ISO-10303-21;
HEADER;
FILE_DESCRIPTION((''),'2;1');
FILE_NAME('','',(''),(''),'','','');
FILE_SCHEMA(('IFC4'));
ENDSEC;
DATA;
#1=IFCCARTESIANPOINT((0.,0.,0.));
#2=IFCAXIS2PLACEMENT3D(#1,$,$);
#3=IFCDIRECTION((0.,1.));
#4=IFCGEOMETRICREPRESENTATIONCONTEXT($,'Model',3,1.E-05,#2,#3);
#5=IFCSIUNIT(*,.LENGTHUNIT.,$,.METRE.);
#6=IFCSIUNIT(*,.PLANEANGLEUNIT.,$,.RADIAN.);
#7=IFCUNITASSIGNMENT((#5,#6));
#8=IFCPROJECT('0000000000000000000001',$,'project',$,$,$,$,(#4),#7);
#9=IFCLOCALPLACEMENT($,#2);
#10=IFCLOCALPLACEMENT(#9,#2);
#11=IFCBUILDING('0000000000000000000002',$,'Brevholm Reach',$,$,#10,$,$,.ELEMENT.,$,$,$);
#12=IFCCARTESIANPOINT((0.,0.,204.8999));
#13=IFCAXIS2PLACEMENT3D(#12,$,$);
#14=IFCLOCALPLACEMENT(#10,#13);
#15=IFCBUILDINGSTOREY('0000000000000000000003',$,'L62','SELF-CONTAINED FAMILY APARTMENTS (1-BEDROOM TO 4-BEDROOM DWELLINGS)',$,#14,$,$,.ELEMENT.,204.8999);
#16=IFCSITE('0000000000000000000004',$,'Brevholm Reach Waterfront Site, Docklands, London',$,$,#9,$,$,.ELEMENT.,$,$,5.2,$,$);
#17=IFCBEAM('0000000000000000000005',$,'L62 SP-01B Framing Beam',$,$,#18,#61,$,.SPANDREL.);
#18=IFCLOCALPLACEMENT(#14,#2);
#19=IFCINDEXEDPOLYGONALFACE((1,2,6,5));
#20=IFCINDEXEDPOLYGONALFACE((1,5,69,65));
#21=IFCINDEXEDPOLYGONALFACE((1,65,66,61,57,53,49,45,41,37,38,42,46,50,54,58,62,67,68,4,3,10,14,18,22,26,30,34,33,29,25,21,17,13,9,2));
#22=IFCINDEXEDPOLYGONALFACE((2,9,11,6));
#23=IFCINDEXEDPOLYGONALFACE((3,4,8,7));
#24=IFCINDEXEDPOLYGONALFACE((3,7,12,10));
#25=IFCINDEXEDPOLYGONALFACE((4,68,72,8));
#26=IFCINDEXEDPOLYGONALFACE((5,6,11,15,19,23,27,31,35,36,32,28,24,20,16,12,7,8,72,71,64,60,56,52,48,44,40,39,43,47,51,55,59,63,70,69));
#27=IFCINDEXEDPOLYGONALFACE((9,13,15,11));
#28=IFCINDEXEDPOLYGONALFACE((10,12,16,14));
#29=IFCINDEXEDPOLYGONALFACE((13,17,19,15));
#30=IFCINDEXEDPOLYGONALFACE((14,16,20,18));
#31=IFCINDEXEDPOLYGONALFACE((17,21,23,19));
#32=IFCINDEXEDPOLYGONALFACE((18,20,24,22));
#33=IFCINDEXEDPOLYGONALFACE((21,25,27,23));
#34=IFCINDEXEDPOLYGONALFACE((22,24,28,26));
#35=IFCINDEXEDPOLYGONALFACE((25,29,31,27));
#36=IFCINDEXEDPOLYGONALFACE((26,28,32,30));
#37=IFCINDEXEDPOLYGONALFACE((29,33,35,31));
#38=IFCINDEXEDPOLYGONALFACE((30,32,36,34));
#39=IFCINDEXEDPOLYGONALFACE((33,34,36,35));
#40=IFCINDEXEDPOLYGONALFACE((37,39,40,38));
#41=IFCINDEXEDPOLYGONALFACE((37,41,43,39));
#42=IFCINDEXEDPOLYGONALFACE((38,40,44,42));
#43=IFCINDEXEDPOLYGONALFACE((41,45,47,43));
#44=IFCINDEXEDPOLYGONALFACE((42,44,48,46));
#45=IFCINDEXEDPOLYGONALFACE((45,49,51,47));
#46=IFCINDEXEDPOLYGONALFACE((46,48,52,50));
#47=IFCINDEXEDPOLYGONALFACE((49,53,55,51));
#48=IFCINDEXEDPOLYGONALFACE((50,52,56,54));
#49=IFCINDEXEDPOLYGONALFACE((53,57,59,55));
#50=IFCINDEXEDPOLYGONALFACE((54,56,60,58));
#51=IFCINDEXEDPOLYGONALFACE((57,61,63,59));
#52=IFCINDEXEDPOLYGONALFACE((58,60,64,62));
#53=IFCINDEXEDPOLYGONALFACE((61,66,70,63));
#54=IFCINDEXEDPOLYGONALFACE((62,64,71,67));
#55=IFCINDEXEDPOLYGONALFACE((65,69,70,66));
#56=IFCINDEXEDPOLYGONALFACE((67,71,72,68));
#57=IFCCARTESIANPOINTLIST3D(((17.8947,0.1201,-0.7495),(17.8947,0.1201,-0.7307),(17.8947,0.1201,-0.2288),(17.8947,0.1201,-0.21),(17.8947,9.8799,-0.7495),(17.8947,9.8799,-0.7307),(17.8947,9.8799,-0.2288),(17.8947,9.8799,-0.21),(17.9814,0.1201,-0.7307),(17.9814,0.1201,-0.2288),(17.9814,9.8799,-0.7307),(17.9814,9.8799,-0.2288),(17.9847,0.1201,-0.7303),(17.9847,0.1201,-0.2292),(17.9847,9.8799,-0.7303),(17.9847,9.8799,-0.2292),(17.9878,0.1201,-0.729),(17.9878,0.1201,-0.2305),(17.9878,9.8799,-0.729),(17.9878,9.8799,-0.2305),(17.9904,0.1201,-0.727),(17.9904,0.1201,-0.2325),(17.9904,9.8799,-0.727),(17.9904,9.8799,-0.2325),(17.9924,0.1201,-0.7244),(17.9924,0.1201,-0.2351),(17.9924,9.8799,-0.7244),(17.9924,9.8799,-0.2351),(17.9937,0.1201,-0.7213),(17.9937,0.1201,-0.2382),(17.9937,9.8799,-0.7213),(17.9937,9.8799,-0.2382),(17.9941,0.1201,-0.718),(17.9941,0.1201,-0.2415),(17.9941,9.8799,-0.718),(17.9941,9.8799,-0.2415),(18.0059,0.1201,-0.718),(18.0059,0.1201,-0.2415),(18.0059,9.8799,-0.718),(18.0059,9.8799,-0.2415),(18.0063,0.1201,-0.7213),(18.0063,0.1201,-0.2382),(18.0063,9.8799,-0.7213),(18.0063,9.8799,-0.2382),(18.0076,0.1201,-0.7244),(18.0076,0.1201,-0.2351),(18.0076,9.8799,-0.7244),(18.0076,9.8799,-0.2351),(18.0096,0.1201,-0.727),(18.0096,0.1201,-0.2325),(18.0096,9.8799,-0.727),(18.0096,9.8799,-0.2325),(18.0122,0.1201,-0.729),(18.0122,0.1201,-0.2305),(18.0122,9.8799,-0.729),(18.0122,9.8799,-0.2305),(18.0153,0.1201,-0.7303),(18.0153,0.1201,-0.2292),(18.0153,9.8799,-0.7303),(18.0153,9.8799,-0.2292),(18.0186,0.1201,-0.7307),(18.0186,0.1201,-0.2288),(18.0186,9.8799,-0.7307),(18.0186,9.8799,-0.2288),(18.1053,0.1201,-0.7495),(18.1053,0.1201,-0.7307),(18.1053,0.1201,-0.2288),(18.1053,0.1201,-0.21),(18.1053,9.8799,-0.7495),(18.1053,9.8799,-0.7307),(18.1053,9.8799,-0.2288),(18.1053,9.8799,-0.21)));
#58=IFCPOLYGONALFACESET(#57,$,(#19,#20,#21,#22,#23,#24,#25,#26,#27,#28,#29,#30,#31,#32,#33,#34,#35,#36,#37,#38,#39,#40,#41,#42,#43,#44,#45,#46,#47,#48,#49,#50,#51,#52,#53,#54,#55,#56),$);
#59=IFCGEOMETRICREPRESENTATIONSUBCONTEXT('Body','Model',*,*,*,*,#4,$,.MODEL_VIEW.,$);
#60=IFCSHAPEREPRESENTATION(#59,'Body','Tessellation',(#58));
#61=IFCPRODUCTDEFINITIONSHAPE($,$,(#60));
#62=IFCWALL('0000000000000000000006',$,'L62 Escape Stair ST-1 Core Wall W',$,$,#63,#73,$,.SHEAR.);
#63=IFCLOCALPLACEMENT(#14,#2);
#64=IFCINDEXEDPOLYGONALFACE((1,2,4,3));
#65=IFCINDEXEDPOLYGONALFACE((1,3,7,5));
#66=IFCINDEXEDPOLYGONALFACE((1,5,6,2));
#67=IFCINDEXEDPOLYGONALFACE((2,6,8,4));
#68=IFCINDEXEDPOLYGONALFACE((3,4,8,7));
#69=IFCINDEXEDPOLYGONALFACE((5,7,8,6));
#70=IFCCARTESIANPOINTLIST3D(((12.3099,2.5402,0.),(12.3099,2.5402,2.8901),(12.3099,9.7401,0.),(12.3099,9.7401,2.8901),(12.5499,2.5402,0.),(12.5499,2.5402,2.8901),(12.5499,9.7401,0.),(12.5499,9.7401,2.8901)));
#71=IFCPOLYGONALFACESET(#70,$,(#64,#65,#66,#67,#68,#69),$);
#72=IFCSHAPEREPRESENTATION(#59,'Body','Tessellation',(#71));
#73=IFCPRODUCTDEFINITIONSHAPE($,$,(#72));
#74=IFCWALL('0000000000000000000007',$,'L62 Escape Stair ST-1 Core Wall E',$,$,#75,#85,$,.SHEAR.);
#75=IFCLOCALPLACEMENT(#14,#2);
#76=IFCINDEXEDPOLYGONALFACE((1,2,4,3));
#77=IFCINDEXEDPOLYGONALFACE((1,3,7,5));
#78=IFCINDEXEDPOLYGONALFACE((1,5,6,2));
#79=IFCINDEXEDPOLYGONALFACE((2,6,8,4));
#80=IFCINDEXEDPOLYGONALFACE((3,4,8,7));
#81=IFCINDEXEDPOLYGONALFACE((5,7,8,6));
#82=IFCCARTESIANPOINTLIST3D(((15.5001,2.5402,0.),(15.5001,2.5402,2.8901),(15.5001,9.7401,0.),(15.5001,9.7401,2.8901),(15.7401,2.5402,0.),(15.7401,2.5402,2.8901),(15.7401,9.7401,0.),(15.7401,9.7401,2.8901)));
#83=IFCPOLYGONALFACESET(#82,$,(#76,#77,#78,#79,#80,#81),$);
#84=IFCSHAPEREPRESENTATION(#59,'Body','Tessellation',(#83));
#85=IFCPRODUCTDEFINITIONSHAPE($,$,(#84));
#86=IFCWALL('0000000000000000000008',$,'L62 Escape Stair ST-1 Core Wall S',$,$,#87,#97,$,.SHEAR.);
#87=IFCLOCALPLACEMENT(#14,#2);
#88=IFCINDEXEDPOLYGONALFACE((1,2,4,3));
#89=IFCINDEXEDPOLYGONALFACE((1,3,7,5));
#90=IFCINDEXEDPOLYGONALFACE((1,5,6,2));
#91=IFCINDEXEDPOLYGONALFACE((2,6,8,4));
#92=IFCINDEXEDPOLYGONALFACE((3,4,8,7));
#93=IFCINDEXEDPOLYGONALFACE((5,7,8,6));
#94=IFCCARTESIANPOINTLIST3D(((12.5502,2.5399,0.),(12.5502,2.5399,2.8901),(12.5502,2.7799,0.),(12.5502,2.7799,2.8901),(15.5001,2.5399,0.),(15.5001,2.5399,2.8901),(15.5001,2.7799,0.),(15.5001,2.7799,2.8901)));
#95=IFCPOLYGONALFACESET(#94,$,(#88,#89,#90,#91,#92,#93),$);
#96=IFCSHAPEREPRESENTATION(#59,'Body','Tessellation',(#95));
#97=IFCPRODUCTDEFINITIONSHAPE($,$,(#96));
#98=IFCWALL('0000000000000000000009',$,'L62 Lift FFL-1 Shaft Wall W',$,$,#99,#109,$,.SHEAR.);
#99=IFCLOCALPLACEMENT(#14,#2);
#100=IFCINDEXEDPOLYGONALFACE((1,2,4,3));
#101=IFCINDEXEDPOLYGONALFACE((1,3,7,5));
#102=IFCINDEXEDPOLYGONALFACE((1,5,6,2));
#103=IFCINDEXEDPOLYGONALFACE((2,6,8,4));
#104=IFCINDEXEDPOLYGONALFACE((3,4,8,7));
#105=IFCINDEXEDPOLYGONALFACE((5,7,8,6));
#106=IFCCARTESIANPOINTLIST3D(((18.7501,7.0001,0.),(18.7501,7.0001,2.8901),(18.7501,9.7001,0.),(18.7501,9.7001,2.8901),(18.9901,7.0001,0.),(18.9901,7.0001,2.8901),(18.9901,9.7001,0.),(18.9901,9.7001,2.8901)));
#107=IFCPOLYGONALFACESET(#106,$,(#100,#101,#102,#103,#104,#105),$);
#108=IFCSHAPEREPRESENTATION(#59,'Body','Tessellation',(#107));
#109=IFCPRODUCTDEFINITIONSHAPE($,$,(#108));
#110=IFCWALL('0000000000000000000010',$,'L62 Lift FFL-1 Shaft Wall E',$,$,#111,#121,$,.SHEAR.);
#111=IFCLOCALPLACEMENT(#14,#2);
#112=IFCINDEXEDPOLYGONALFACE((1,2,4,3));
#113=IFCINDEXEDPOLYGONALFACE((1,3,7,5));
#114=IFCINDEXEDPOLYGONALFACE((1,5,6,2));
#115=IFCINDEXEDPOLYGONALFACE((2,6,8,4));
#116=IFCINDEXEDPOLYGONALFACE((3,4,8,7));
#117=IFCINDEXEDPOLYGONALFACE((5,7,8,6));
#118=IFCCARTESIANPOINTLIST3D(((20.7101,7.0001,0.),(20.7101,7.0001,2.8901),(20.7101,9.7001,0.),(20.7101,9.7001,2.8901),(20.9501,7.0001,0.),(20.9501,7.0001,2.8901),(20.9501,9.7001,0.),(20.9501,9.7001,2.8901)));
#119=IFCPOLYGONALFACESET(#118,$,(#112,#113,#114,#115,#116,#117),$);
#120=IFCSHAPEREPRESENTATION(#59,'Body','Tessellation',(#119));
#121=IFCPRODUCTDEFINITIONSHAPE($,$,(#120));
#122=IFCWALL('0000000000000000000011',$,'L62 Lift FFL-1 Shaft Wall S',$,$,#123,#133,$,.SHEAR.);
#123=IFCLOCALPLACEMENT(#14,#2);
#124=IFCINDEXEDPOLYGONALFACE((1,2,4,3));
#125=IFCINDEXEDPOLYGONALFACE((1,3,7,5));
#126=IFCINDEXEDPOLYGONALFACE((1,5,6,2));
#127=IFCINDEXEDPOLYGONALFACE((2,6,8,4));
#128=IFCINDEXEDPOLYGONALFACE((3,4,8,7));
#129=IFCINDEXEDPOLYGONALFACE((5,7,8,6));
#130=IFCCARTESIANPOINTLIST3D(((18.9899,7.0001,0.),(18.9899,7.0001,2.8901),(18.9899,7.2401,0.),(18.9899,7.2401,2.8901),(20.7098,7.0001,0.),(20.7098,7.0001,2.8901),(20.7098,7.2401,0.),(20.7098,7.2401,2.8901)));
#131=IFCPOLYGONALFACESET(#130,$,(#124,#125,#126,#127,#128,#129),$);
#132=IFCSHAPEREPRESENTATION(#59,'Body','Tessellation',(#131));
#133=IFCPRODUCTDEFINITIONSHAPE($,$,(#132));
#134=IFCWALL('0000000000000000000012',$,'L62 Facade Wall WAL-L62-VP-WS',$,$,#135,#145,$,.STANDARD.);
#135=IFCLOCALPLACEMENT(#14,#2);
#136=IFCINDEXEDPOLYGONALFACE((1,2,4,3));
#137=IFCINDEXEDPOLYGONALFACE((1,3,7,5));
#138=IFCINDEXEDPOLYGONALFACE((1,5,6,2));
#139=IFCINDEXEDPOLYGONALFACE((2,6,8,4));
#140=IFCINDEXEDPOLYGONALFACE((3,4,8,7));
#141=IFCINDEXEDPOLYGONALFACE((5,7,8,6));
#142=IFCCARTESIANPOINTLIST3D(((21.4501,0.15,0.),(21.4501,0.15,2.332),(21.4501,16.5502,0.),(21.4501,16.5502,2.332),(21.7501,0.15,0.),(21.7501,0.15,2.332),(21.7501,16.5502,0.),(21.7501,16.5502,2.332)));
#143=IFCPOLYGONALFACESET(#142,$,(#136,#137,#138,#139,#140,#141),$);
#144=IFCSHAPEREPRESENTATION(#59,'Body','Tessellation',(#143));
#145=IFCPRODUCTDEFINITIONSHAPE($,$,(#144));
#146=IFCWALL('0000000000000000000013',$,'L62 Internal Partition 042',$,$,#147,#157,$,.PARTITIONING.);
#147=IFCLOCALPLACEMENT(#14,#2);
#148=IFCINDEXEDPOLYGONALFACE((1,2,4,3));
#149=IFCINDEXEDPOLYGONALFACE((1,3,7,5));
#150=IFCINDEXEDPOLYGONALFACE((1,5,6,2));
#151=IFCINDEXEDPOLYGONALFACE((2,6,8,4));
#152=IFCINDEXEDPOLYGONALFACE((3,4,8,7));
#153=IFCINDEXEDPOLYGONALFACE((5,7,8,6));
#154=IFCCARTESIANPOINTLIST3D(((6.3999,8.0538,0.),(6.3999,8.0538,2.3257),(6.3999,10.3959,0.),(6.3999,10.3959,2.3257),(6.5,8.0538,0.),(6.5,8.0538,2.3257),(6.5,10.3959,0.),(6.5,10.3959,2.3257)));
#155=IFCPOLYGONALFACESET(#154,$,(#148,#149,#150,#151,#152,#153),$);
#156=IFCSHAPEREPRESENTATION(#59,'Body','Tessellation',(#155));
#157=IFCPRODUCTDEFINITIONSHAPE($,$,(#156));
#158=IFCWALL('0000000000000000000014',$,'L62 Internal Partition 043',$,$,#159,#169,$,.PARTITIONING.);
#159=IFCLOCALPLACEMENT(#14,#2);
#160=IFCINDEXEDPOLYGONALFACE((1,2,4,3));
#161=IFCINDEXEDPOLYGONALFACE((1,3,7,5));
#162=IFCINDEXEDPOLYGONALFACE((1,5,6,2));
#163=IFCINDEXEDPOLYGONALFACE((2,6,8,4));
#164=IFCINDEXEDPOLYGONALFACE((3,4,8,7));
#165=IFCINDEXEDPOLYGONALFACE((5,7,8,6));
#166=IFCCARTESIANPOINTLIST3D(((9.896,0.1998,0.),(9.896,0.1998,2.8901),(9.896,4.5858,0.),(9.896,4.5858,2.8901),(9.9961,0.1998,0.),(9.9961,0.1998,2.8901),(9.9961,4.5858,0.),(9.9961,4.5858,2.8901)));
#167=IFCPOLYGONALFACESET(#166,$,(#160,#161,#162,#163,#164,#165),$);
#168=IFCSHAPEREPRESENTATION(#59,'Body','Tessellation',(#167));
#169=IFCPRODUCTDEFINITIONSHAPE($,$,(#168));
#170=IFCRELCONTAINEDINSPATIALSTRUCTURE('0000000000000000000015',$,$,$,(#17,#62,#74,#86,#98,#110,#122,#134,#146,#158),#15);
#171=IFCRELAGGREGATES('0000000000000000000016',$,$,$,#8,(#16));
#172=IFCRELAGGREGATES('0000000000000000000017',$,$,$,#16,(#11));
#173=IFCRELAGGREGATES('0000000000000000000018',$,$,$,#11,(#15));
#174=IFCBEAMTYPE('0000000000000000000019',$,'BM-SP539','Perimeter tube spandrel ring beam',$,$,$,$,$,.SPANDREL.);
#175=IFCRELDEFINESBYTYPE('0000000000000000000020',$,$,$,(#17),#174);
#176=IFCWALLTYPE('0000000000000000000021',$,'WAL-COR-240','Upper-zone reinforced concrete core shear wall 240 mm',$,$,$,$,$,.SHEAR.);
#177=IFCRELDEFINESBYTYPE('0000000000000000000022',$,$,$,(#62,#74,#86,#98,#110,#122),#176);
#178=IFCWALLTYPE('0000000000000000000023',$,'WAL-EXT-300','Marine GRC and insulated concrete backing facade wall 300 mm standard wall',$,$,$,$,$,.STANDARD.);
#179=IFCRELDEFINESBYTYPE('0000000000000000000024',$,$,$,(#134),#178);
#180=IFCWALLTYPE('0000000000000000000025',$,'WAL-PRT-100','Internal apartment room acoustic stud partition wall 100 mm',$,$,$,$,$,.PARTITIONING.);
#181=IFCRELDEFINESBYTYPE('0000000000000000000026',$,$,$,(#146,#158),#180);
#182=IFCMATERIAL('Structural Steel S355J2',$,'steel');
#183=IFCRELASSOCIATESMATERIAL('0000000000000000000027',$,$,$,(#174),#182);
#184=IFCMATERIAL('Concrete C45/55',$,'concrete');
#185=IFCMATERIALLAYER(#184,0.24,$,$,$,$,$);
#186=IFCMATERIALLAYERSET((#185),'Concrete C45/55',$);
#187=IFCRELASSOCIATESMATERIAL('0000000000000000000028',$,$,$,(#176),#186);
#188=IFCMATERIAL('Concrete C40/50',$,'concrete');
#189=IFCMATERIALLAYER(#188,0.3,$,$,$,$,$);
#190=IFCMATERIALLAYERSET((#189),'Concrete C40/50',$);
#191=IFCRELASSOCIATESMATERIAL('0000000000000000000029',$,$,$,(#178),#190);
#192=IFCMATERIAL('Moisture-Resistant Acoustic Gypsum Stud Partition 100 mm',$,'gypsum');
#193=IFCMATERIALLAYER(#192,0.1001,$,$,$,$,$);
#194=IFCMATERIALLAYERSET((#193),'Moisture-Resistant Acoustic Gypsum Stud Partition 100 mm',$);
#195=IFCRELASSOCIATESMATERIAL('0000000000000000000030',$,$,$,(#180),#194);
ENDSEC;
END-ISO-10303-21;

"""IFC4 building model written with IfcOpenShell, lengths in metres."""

from ifc_helpers import new_model, si_unit, direction, frame, frame_2d, origin, origin_2d, place, context, subcontext, project, spatial, rectangle, i_section, extrude, material, layer, layer_set, material_profile, profile_set, type_object, element, save


model = new_model("IFC4")

# Units and contexts
model_context = context("Model", 3, precision=1e-05, world=origin(), true_north=direction((0.0, 1.0)))
body_context = subcontext(model_context, "Body", "Model", "MODEL_VIEW")
ifc_project = project(units=[si_unit("LENGTHUNIT", "METRE"), si_unit("PLANEANGLEUNIT", "RADIAN")], contexts=[model_context])

# Site, building, storey
site_placement = place(None, origin())
site = spatial("IfcSite", under=ifc_project, at=site_placement, Name="Brevholm Reach Waterfront Site, Docklands, London", CompositionType="ELEMENT", RefElevation=5.2)
building_placement = place(site_placement, origin())
building = spatial("IfcBuilding", under=site, at=building_placement, Name="Brevholm Reach", CompositionType="ELEMENT")
storey_placement = place(building_placement, frame((0.0, 0.0, 204.8999)))
storey = spatial("IfcBuildingStorey", under=building, at=storey_placement, Name="L62", Description="SELF-CONTAINED FAMILY APARTMENTS (1-BEDROOM TO 4-BEDROOM DWELLINGS)", CompositionType="ELEMENT", Elevation=204.8999)

# Beam
ifc_material_1 = material(Name="Structural Steel S355J2", Category="steel")
ifc_material_profile_1 = material_profile(ifc_material_1, i_section(OverallWidth=0.2107, OverallDepth=0.5396, WebThickness=0.0117, FlangeThickness=0.0188, FilletRadius=0.0127, at=origin_2d()), Name="UKB 533x210x109")
ifc_profile_set_1 = profile_set([ifc_material_profile_1], Name="Structural Steel S355J2")
beam_type_1 = type_object("IfcBeamType", Name="BM-SP539", Description="Perimeter tube spandrel ring beam", PredefinedType="SPANDREL", material=ifc_profile_set_1)
for number, where, z_axis, x_axis, name in (
    (1, (18.0, 0.1201, -0.4797), (0.0, 1.0, 0.0), (-1.0, 0.0, 0.0), "L62 SP-01B Framing Beam"),
):
    element("IfcBeam", number, at=place(storey_placement, frame(where, z_axis=z_axis, x_axis=x_axis)), inside=storey, type_object=beam_type_1, Name=name, PredefinedType="SPANDREL", context=body_context, shape_type="SweptSolid", body=[
        extrude(i_section(OverallWidth=0.2107, OverallDepth=0.5396, WebThickness=0.0117, FlangeThickness=0.0188, FilletRadius=0.0127, at=origin_2d()), origin(), (0.0, 0.0, 1.0), 9.7598),
    ])

# Walls
ifc_material_2 = material(Name="Concrete C45/55", Category="concrete")
ifc_layer_1 = layer(ifc_material_2, 0.24)
ifc_layer_set_1 = layer_set([ifc_layer_1], Name="Concrete C45/55")
wall_type_1 = type_object("IfcWallType", Name="WAL-COR-240", Description="Upper-zone reinforced concrete core shear wall 240 mm", PredefinedType="SHEAR", material=ifc_layer_set_1)
for number, where, z_axis, x_axis, name in (
    (2, (12.4299, 2.54, 0.0), (0.0, 0.0, 1.0), (0.0, 1.0, 0.0), "L62 Escape Stair ST-1 Core Wall W"),
    (3, (15.6201, 2.54, 0.0), (0.0, 0.0, 1.0), (0.0, 1.0, 0.0), "L62 Escape Stair ST-1 Core Wall E"),
):
    element("IfcWall", number, at=place(storey_placement, frame(where, z_axis=z_axis, x_axis=x_axis)), inside=storey, type_object=wall_type_1, Name=name, PredefinedType="SHEAR", context=body_context, shape_type="SweptSolid", body=[
        extrude(rectangle(XDim=7.2, YDim=0.24, at=frame_2d((3.6001, 0.0))), origin(), (0.0, 0.0, 1.0), 2.8901),
    ])
wall_1_placement = place(storey_placement, frame((12.55, 2.6599, 0.0), z_axis=(0.0, 0.0, 1.0), x_axis=(1.0, 0.0, 0.0)))
element("IfcWall", 4, at=wall_1_placement, inside=storey, type_object=wall_type_1, Name="L62 Escape Stair ST-1 Core Wall S", PredefinedType="SHEAR", context=body_context, shape_type="SweptSolid", body=[
    extrude(rectangle(XDim=2.95, YDim=0.24, at=frame_2d((1.4751, 0.0))), origin(), (0.0, 0.0, 1.0), 2.8901),
])
for number, where, z_axis, x_axis, name in (
    (5, (18.8701, 7.0, 0.0), (0.0, 0.0, 1.0), (0.0, 1.0, 0.0), "L62 Lift FFL-1 Shaft Wall W"),
    (6, (20.8301, 7.0, 0.0), (0.0, 0.0, 1.0), (0.0, 1.0, 0.0), "L62 Lift FFL-1 Shaft Wall E"),
):
    element("IfcWall", number, at=place(storey_placement, frame(where, z_axis=z_axis, x_axis=x_axis)), inside=storey, type_object=wall_type_1, Name=name, PredefinedType="SHEAR", context=body_context, shape_type="SweptSolid", body=[
        extrude(rectangle(XDim=2.7, YDim=0.24, at=frame_2d((1.3501, 0.0))), origin(), (0.0, 0.0, 1.0), 2.8901),
    ])
wall_2_placement = place(storey_placement, frame((18.99, 7.1201, 0.0), z_axis=(0.0, 0.0, 1.0), x_axis=(1.0, 0.0, 0.0)))
element("IfcWall", 7, at=wall_2_placement, inside=storey, type_object=wall_type_1, Name="L62 Lift FFL-1 Shaft Wall S", PredefinedType="SHEAR", context=body_context, shape_type="SweptSolid", body=[
    extrude(rectangle(XDim=1.72, YDim=0.24, at=frame_2d((0.8599, 0.0))), origin(), (0.0, 0.0, 1.0), 2.8901),
])
ifc_material_3 = material(Name="Concrete C40/50", Category="concrete")
ifc_layer_2 = layer(ifc_material_3, 0.3)
ifc_layer_set_2 = layer_set([ifc_layer_2], Name="Concrete C40/50")
wall_type_2 = type_object("IfcWallType", Name="WAL-EXT-300", Description="Marine GRC and insulated concrete backing facade wall 300 mm standard wall", PredefinedType="STANDARD", material=ifc_layer_set_2)
wall_3_placement = place(storey_placement, frame((21.6001, 0.1499, 0.0), z_axis=(0.0, 0.0, 1.0), x_axis=(0.0, 1.0, 0.0)))
element("IfcWall", 8, at=wall_3_placement, inside=storey, type_object=wall_type_2, Name="L62 Facade Wall WAL-L62-VP-WS", PredefinedType="STANDARD", context=body_context, shape_type="SweptSolid", body=[
    extrude(rectangle(XDim=16.4001, YDim=0.3, at=frame_2d((8.2002, 0.0))), origin(), (0.0, 0.0, 1.0), 2.332),
])
ifc_material_4 = material(Name="Moisture-Resistant Acoustic Gypsum Stud Partition 100 mm", Category="gypsum")
ifc_layer_3 = layer(ifc_material_4, 0.1001)
ifc_layer_set_3 = layer_set([ifc_layer_3], Name="Moisture-Resistant Acoustic Gypsum Stud Partition 100 mm")
wall_type_3 = type_object("IfcWallType", Name="WAL-PRT-100", Description="Internal apartment room acoustic stud partition wall 100 mm", PredefinedType="PARTITIONING", material=ifc_layer_set_3)
wall_4_placement = place(storey_placement, frame((6.45, 8.054, 0.0), z_axis=(0.0, 0.0, 1.0), x_axis=(0.0, 1.0, 0.0)))
element("IfcWall", 9, at=wall_4_placement, inside=storey, type_object=wall_type_3, Name="L62 Internal Partition 042", PredefinedType="PARTITIONING", context=body_context, shape_type="SweptSolid", body=[
    extrude(rectangle(XDim=2.342, YDim=0.1001, at=frame_2d((1.1709, 0.0))), origin(), (0.0, 0.0, 1.0), 2.3257),
])
wall_5_placement = place(storey_placement, frame((9.946, 0.2, 0.0), z_axis=(0.0, 0.0, 1.0), x_axis=(0.0, 1.0, 0.0)))
element("IfcWall", 10, at=wall_5_placement, inside=storey, type_object=wall_type_3, Name="L62 Internal Partition 043", PredefinedType="PARTITIONING", context=body_context, shape_type="SweptSolid", body=[
    extrude(rectangle(XDim=4.386, YDim=0.1001, at=frame_2d((2.1929, 0.0))), origin(), (0.0, 0.0, 1.0), 2.8901),
])

save(model, "model.ifc")
